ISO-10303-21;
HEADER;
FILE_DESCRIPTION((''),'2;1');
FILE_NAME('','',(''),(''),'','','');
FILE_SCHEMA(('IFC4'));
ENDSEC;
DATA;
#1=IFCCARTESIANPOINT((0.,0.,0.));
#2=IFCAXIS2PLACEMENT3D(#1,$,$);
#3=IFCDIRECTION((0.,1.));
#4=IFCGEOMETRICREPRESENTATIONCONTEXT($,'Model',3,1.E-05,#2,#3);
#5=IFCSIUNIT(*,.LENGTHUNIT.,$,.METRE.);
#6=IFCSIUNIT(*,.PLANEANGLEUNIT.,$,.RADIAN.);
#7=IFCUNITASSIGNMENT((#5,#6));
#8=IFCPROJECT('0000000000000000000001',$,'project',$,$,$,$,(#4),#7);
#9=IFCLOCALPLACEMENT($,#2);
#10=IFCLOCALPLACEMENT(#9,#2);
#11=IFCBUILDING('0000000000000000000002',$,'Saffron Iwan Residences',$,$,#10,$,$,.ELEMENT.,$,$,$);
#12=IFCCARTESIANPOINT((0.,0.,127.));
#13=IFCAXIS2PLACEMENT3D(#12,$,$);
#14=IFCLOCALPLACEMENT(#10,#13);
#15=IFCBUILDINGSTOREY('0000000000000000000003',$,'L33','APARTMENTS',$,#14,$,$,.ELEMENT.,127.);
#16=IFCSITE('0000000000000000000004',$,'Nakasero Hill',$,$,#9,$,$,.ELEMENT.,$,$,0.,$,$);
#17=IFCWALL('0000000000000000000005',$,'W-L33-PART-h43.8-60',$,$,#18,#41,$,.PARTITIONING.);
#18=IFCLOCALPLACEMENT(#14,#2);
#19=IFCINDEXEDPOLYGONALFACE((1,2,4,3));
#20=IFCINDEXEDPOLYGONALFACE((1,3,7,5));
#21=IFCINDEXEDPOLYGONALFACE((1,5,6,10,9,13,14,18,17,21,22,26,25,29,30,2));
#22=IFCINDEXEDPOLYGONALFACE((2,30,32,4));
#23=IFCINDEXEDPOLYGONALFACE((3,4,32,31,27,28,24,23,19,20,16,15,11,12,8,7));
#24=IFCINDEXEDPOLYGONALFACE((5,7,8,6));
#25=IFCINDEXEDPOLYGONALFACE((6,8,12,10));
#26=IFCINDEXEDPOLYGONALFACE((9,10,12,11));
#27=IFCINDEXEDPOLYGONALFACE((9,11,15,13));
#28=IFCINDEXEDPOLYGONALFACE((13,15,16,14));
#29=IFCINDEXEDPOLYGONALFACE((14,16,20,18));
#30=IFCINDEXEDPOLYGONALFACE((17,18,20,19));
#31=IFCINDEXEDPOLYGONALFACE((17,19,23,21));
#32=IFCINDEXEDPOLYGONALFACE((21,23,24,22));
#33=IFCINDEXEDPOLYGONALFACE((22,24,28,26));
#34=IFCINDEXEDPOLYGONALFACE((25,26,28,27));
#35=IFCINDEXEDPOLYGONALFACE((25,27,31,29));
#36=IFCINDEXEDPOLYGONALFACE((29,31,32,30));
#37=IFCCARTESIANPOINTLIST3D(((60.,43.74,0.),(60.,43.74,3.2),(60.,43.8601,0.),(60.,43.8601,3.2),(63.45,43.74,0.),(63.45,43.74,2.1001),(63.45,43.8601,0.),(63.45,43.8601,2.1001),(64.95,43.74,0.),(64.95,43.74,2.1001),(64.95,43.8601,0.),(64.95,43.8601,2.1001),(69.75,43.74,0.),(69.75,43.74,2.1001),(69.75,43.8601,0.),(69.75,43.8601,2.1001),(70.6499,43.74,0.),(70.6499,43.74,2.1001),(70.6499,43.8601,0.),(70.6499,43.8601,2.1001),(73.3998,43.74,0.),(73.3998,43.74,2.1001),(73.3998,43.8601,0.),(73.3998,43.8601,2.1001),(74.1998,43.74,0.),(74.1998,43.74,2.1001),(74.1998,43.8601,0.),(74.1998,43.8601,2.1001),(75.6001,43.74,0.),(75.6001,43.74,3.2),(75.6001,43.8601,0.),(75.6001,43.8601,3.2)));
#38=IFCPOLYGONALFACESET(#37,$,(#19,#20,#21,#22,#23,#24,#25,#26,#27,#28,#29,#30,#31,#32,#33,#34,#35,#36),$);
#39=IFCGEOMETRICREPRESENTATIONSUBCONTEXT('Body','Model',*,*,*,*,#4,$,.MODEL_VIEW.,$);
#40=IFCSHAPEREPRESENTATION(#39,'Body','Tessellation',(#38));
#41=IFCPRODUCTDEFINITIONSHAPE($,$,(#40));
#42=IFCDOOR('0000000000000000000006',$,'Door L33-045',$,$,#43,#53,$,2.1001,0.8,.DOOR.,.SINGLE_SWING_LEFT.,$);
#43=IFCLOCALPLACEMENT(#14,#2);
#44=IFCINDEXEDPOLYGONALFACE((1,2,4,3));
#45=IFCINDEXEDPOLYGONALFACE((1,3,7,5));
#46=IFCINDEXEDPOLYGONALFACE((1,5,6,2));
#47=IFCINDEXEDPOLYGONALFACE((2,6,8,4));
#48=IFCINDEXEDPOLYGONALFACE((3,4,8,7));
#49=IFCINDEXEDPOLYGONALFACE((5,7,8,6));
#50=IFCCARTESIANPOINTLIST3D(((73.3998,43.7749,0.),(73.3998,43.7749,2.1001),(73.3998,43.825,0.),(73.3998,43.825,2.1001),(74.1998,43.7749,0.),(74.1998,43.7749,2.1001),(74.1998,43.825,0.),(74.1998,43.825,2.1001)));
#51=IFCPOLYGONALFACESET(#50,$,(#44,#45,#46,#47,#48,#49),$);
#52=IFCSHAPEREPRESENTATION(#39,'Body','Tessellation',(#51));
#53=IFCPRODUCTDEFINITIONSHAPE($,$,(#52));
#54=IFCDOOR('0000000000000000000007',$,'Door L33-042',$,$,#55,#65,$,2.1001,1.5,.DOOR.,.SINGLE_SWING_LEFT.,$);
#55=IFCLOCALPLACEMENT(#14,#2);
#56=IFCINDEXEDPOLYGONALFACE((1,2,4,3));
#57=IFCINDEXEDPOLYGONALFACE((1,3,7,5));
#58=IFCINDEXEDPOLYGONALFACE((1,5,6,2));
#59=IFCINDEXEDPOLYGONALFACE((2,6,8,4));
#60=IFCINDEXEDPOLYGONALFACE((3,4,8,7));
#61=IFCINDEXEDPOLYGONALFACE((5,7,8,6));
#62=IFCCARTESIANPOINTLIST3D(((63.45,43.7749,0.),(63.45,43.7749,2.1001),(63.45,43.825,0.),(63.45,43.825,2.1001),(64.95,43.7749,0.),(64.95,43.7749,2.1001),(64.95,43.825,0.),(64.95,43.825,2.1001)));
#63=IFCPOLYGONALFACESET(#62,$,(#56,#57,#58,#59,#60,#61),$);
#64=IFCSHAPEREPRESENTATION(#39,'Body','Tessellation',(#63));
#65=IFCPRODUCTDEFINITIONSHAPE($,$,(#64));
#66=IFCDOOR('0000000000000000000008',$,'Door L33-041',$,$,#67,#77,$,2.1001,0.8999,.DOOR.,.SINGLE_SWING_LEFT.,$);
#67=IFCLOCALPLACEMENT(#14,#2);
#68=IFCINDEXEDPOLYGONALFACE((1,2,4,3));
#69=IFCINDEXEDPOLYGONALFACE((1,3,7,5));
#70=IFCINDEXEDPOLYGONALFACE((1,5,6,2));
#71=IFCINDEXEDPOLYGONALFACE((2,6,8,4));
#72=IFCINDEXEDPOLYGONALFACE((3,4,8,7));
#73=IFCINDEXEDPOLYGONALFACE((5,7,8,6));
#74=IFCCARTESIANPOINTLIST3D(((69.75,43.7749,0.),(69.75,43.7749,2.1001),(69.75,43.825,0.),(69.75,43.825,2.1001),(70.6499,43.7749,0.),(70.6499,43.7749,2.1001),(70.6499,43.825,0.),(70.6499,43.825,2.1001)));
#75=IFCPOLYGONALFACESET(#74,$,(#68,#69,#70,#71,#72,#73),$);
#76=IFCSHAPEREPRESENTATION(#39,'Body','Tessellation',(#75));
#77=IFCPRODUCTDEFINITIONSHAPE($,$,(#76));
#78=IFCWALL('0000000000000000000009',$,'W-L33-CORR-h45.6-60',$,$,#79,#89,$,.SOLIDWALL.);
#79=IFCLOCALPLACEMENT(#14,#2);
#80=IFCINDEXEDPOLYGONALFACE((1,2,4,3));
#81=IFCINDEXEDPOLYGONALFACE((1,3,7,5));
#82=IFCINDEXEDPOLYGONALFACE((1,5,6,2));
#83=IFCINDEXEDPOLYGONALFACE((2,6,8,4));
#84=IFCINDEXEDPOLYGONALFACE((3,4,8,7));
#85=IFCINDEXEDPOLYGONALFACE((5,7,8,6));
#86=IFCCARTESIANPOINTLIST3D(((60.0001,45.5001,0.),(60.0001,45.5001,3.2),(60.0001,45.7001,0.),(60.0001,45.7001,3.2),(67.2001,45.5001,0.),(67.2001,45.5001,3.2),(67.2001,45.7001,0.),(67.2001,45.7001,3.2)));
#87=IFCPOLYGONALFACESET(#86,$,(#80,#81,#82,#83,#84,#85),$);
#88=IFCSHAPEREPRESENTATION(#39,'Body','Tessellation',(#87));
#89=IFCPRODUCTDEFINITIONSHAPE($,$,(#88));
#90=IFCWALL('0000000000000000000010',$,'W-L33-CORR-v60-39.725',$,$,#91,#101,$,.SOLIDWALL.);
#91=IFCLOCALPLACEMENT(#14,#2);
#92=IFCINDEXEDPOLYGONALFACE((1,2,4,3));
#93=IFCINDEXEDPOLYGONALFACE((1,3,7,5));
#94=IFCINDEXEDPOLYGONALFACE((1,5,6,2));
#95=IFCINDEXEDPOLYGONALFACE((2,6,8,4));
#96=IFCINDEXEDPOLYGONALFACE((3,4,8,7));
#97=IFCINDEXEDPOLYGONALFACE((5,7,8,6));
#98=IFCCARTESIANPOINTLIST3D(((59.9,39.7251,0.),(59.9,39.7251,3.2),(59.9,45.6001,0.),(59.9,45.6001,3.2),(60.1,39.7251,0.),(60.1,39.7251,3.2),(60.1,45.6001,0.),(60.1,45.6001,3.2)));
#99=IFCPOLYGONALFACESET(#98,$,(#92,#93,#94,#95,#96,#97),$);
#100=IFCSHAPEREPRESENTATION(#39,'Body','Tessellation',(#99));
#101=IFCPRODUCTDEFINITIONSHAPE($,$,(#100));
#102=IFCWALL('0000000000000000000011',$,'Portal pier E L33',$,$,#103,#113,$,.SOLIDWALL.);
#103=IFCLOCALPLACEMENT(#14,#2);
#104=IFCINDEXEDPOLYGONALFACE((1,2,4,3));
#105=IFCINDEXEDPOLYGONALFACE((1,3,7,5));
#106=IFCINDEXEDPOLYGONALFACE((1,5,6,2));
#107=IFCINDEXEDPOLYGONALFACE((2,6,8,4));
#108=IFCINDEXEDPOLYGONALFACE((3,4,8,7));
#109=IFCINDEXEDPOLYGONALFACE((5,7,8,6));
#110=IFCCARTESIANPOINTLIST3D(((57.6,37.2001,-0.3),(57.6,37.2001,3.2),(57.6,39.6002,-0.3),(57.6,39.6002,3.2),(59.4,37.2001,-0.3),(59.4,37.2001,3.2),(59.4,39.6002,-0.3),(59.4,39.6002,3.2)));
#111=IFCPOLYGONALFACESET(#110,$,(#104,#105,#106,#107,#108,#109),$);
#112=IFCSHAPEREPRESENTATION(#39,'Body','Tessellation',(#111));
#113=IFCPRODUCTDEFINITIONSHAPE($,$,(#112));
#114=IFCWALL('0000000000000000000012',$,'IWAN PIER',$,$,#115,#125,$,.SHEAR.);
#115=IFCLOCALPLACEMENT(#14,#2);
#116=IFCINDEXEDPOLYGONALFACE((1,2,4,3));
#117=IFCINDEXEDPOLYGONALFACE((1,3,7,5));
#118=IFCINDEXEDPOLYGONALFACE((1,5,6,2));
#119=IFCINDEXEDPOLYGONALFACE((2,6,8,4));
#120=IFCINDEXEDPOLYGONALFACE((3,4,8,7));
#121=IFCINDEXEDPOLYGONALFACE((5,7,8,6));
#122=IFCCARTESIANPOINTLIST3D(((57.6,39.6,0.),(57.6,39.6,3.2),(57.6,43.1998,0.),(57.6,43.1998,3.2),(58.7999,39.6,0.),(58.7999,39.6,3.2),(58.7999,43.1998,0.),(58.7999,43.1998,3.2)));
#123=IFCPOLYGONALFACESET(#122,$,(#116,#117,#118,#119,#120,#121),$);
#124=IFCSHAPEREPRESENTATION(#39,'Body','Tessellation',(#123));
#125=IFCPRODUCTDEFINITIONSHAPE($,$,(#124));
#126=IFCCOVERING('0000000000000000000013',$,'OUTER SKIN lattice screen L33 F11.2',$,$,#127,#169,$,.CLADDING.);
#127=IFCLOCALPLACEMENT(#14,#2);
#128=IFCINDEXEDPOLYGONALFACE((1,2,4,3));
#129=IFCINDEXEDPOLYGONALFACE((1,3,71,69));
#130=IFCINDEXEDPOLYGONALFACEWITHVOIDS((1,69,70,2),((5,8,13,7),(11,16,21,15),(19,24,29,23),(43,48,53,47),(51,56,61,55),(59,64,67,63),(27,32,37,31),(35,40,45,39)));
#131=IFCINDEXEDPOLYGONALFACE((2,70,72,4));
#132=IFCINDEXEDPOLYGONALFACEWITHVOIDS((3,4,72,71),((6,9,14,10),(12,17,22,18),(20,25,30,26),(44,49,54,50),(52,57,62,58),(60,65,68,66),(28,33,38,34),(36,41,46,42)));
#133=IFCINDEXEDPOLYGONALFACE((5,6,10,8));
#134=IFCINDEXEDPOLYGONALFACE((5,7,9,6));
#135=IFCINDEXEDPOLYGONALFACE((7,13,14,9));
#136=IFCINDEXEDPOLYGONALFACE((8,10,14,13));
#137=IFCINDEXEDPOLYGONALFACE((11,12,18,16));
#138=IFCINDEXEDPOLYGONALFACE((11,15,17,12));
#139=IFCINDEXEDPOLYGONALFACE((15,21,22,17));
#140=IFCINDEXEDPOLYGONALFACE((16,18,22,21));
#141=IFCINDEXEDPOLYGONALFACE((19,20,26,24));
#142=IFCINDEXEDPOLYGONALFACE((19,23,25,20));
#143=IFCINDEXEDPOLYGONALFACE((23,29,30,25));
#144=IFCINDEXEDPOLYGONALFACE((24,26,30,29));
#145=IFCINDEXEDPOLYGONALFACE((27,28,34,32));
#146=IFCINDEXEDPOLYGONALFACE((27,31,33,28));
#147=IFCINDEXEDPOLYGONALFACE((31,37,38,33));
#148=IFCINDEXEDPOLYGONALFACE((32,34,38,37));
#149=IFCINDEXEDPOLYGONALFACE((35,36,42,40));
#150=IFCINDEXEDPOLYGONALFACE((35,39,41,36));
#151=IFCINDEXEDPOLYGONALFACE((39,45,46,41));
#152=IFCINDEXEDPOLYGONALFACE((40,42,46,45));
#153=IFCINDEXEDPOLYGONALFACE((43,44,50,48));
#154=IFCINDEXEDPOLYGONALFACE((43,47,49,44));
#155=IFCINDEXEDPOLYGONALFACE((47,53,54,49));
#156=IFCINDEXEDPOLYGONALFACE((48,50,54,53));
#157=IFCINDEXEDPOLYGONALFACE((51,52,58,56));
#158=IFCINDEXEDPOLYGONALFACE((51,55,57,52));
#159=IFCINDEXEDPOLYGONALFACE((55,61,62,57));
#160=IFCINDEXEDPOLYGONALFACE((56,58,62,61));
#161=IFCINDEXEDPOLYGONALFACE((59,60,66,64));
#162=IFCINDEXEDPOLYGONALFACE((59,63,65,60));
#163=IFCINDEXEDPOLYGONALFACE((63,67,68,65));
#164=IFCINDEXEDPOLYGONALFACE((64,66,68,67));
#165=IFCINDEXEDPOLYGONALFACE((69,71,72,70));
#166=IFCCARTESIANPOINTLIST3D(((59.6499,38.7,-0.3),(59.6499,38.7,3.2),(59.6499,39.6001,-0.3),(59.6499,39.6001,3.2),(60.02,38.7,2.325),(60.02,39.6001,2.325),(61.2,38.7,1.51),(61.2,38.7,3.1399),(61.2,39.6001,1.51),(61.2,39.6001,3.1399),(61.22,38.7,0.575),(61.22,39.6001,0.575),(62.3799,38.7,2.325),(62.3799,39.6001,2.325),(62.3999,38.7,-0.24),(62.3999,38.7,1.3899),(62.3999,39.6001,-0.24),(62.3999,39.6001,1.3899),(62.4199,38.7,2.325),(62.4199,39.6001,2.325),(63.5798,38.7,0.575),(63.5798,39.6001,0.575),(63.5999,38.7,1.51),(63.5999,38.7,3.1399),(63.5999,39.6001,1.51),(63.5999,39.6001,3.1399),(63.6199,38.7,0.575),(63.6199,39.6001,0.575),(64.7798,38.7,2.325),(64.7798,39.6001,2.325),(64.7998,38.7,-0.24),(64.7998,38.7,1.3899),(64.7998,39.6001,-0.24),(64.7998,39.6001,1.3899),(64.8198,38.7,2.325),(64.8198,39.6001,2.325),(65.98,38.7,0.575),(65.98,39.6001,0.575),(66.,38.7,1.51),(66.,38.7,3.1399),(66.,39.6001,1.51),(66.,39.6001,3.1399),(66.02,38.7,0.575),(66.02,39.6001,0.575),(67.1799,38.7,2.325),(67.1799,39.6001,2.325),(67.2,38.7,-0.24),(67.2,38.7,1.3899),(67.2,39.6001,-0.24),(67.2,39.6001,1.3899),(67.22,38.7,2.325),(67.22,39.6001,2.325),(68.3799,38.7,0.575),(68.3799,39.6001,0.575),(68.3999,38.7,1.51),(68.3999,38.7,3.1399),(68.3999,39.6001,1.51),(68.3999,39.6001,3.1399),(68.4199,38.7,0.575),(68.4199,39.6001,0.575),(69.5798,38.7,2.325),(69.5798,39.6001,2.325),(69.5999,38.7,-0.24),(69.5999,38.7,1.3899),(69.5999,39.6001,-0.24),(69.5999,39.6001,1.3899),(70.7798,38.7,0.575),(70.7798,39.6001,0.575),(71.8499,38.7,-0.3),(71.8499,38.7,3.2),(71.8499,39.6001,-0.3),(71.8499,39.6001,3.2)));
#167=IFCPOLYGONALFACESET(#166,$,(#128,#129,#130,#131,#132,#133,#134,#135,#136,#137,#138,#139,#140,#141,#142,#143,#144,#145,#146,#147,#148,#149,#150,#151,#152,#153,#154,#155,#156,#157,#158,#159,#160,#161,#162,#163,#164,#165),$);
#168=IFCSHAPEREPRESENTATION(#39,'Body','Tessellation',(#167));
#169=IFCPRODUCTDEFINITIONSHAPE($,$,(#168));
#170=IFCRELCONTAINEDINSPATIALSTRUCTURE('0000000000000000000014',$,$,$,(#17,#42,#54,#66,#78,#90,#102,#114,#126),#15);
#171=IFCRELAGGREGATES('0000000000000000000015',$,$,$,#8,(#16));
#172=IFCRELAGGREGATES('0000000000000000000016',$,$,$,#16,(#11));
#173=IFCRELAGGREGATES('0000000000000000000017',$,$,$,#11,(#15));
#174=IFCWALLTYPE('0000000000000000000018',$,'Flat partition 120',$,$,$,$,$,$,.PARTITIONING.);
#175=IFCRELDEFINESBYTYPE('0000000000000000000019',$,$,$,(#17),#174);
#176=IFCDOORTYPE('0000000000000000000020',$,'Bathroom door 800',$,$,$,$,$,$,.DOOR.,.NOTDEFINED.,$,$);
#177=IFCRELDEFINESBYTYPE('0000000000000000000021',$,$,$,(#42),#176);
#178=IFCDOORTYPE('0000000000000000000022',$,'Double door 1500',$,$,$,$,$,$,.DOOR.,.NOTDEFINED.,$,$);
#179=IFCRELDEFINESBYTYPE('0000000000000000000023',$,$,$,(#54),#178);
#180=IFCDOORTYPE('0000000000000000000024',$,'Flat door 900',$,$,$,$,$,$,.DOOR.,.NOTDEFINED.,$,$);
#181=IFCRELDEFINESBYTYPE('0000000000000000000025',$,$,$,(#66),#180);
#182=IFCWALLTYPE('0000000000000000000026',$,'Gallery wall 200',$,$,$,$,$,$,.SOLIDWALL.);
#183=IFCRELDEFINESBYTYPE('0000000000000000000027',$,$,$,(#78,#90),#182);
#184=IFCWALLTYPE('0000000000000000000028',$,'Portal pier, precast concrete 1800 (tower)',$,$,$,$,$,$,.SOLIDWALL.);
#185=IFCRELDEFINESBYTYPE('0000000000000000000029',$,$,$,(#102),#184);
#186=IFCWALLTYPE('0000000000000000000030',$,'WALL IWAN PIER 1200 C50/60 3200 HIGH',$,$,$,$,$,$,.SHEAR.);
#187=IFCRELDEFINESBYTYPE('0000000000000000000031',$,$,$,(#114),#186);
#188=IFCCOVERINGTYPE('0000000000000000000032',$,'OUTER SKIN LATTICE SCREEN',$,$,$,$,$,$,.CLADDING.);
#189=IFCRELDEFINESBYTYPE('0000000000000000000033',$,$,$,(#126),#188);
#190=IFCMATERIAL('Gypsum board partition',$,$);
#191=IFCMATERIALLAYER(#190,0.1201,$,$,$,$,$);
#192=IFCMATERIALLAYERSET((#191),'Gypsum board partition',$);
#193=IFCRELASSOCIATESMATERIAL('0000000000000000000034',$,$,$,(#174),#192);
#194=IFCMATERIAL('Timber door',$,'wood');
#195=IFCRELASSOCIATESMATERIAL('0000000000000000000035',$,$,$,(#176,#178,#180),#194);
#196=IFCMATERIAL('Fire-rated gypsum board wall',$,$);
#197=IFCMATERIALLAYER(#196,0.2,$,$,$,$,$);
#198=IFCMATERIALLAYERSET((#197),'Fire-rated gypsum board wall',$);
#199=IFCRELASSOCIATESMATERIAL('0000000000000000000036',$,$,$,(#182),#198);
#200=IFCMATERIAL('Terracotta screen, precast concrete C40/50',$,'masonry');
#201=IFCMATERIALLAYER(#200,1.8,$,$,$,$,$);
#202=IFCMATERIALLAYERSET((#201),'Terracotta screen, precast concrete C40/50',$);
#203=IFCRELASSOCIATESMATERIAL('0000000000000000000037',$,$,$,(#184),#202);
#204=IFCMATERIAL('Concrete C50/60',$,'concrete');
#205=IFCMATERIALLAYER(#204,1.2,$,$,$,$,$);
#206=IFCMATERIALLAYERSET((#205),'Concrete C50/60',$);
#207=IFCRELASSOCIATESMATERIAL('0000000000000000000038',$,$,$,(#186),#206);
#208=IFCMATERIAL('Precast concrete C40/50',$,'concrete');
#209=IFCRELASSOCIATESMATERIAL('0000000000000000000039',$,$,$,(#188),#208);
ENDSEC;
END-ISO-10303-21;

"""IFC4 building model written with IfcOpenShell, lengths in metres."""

from ifc_helpers import new_model, si_unit, direction, frame, frame_2d, origin, place, context, subcontext, project, spatial, polyline, rectangle, outline, extrude, material, layer, layer_set, type_object, element, fill, save


model = new_model("IFC4")

# Units and contexts
model_context = context("Model", 3, precision=1e-05, world=origin(), true_north=direction((0.0, 1.0)))
body_context = subcontext(model_context, "Body", "Model", "MODEL_VIEW")
ifc_project = project(units=[si_unit("LENGTHUNIT", "METRE"), si_unit("PLANEANGLEUNIT", "RADIAN")], contexts=[model_context])

# Site, building, storey
site_placement = place(None, origin())
site = spatial("IfcSite", under=ifc_project, at=site_placement, Name="Nakasero Hill", CompositionType="ELEMENT", RefElevation=0.0)
building_placement = place(site_placement, origin())
building = spatial("IfcBuilding", under=site, at=building_placement, Name="Saffron Iwan Residences", CompositionType="ELEMENT")
storey_placement = place(building_placement, frame((0.0, 0.0, 127.0)))
storey = spatial("IfcBuildingStorey", under=building, at=storey_placement, Name="L33", Description="APARTMENTS", CompositionType="ELEMENT", Elevation=127.0)

# Shared definitions
ifc_material_1 = material(Name="Concrete C50/60", Category="concrete")

# Wall, openings, doors
ifc_material_2 = material(Name="Gypsum board partition")
ifc_layer_1 = layer(ifc_material_2, 0.1201)
ifc_layer_set_1 = layer_set([ifc_layer_1], Name="Gypsum board partition")
wall_type_1 = type_object("IfcWallType", Name="Flat partition 120", PredefinedType="PARTITIONING", material=ifc_layer_set_1)
wall_1_placement = place(storey_placement, frame((60.0, 43.8, 0.0), z_axis=(0.0, 0.0, 1.0), x_axis=(1.0, 0.0, 0.0)))
wall_1 = element("IfcWall", 1, at=wall_1_placement, inside=storey, type_object=wall_type_1, Name="W-L33-PART-h43.8-60", PredefinedType="PARTITIONING", context=body_context, shape_type="SweptSolid", body=[
    extrude(rectangle(XDim=15.6001, YDim=0.1201, at=frame_2d((7.8, 0.0))), origin(), (0.0, 0.0, 1.0), 3.2),
])
opening_1_placement = place(wall_1_placement, frame((9.75, 0.0, 0.0)))
opening_1 = element("IfcOpeningElement", 2, at=opening_1_placement, cuts=wall_1, PredefinedType="OPENING", context=body_context, shape_type="SweptSolid", body=[
    extrude(rectangle(XDim=0.8999, YDim=2.1001, at=frame_2d((0.45, 1.05))), frame((0.0, 0.0701, 0.0), z_axis=(0.0, -1.0, 0.0), x_axis=(1.0, 0.0, 0.0)), (0.0, 0.0, 1.0), 0.1401),
])
opening_2_placement = place(wall_1_placement, frame((3.45, 0.0, 0.0)))
opening_2 = element("IfcOpeningElement", 3, at=opening_2_placement, cuts=wall_1, PredefinedType="OPENING", context=body_context, shape_type="SweptSolid", body=[
    extrude(rectangle(XDim=1.5, YDim=2.1001, at=frame_2d((0.75, 1.05))), frame((0.0, 0.0701, 0.0), z_axis=(0.0, -1.0, 0.0), x_axis=(1.0, 0.0, 0.0)), (0.0, 0.0, 1.0), 0.1401),
])
opening_3_placement = place(wall_1_placement, frame((13.3999, 0.0, 0.0)))
opening_3 = element("IfcOpeningElement", 4, at=opening_3_placement, cuts=wall_1, PredefinedType="OPENING", context=body_context, shape_type="SweptSolid", body=[
    extrude(rectangle(XDim=0.8, YDim=2.1001, at=frame_2d((0.3999, 1.05))), frame((0.0, 0.0701, 0.0), z_axis=(0.0, -1.0, 0.0), x_axis=(1.0, 0.0, 0.0)), (0.0, 0.0, 1.0), 0.1401),
])
ifc_material_3 = material(Name="Timber door", Category="wood")
door_type_1 = type_object("IfcDoorType", Name="Bathroom door 800", OperationType="NOTDEFINED", PredefinedType="DOOR", material=ifc_material_3)
door_1_placement = place(opening_3_placement, origin())
door_1 = element("IfcDoor", 5, at=door_1_placement, inside=storey, type_object=door_type_1, Name="Door L33-045", OperationType="SINGLE_SWING_LEFT", OverallHeight=2.1001, OverallWidth=0.8, PredefinedType="DOOR", context=body_context, shape_type="SweptSolid", body=[
    extrude(rectangle(XDim=0.8, YDim=2.1001, at=frame_2d((0.3999, 1.05))), frame((0.0, 0.0249, 0.0), z_axis=(0.0, -1.0, 0.0), x_axis=(1.0, 0.0, 0.0)), (0.0, 0.0, 1.0), 0.05),
])
fill(opening_3, door_1)
door_type_2 = type_object("IfcDoorType", Name="Double door 1500", OperationType="NOTDEFINED", PredefinedType="DOOR", material=ifc_material_3)
door_2_placement = place(opening_2_placement, origin())
door_2 = element("IfcDoor", 6, at=door_2_placement, inside=storey, type_object=door_type_2, Name="Door L33-042", OperationType="SINGLE_SWING_LEFT", OverallHeight=2.1001, OverallWidth=1.5, PredefinedType="DOOR", context=body_context, shape_type="SweptSolid", body=[
    extrude(rectangle(XDim=1.5, YDim=2.1001, at=frame_2d((0.75, 1.05))), frame((0.0, 0.0249, 0.0), z_axis=(0.0, -1.0, 0.0), x_axis=(1.0, 0.0, 0.0)), (0.0, 0.0, 1.0), 0.05),
])
fill(opening_2, door_2)
door_type_3 = type_object("IfcDoorType", Name="Flat door 900", OperationType="NOTDEFINED", PredefinedType="DOOR", material=ifc_material_3)
door_3_placement = place(opening_1_placement, origin())
door_3 = element("IfcDoor", 7, at=door_3_placement, inside=storey, type_object=door_type_3, Name="Door L33-041", OperationType="SINGLE_SWING_LEFT", OverallHeight=2.1001, OverallWidth=0.8999, PredefinedType="DOOR", context=body_context, shape_type="SweptSolid", body=[
    extrude(rectangle(XDim=0.8999, YDim=2.1001, at=frame_2d((0.45, 1.05))), frame((0.0, 0.0249, 0.0), z_axis=(0.0, -1.0, 0.0), x_axis=(1.0, 0.0, 0.0)), (0.0, 0.0, 1.0), 0.05),
])
fill(opening_1, door_3)

# Walls
ifc_material_4 = material(Name="Fire-rated gypsum board wall")
ifc_layer_2 = layer(ifc_material_4, 0.2)
ifc_layer_set_2 = layer_set([ifc_layer_2], Name="Fire-rated gypsum board wall")
wall_type_2 = type_object("IfcWallType", Name="Gallery wall 200", PredefinedType="SOLIDWALL", material=ifc_layer_set_2)
wall_2_placement = place(storey_placement, frame((60.0, 45.6001, 0.0), z_axis=(0.0, 0.0, 1.0), x_axis=(1.0, 0.0, 0.0)))
element("IfcWall", 8, at=wall_2_placement, inside=storey, type_object=wall_type_2, Name="W-L33-CORR-h45.6-60", PredefinedType="SOLIDWALL", context=body_context, shape_type="SweptSolid", body=[
    extrude(rectangle(XDim=7.2, YDim=0.2, at=frame_2d((3.6001, 0.0))), origin(), (0.0, 0.0, 1.0), 3.2),
])
wall_3_placement = place(storey_placement, frame((60.0, 39.7251, 0.0), z_axis=(0.0, 0.0, 1.0), x_axis=(0.0, 1.0, 0.0)))
element("IfcWall", 9, at=wall_3_placement, inside=storey, type_object=wall_type_2, Name="W-L33-CORR-v60-39.725", PredefinedType="SOLIDWALL", context=body_context, shape_type="SweptSolid", body=[
    extrude(rectangle(XDim=5.875, YDim=0.2, at=frame_2d((2.9375, 0.0))), origin(), (0.0, 0.0, 1.0), 3.2),
])
ifc_material_5 = material(Name="Terracotta screen, precast concrete C40/50", Category="masonry")
ifc_layer_3 = layer(ifc_material_5, 1.8)
ifc_layer_set_3 = layer_set([ifc_layer_3], Name="Terracotta screen, precast concrete C40/50")
wall_type_3 = type_object("IfcWallType", Name="Portal pier, precast concrete 1800 (tower)", PredefinedType="SOLIDWALL", material=ifc_layer_set_3)
wall_4_placement = place(storey_placement, frame((58.5, 37.2, -0.3), z_axis=(0.0, 0.0, 1.0), x_axis=(0.0, 1.0, 0.0)))
element("IfcWall", 10, at=wall_4_placement, inside=storey, type_object=wall_type_3, Name="Portal pier E L33", PredefinedType="SOLIDWALL", context=body_context, shape_type="SweptSolid", body=[
    extrude(rectangle(XDim=2.4001, YDim=1.8, at=frame_2d((1.2002, 0.0))), origin(), (0.0, 0.0, 1.0), 3.5),
])
ifc_layer_4 = layer(ifc_material_1, 1.2)
ifc_layer_set_4 = layer_set([ifc_layer_4], Name="Concrete C50/60")
wall_type_4 = type_object("IfcWallType", Name="WALL IWAN PIER 1200 C50/60 3200 HIGH", PredefinedType="SHEAR", material=ifc_layer_set_4)
wall_5_placement = place(storey_placement, frame((58.2, 39.6001, 0.0), z_axis=(0.0, 0.0, 1.0), x_axis=(0.0, 1.0, 0.0)))
element("IfcWall", 11, at=wall_5_placement, inside=storey, type_object=wall_type_4, Name="IWAN PIER", PredefinedType="SHEAR", context=body_context, shape_type="SweptSolid", body=[
    extrude(rectangle(XDim=3.5999, YDim=1.2, at=frame_2d((1.7998, 0.0))), origin(), (0.0, 0.0, 1.0), 3.2),
])

# Covering
ifc_material_6 = material(Name="Precast concrete C40/50", Category="concrete")
covering_type = type_object("IfcCoveringType", Name="OUTER SKIN LATTICE SCREEN", PredefinedType="CLADDING", material=ifc_material_6)
covering_placement = place(storey_placement, frame((59.6499, 39.6001, -0.3), z_axis=(0.0, -1.0, 0.0), x_axis=(1.0, 0.0, 0.0)))
element("IfcCovering", 12, at=covering_placement, inside=storey, type_object=covering_type, Name="OUTER SKIN lattice screen L33 F11.2", PredefinedType="CLADDING", context=body_context, shape_type="SweptSolid", body=[
    extrude(outline(polyline([(0.0, 0.0), (12.2, 0.0), (12.2, 3.5), (0.0, 3.5), (0.0, 0.0)]), holes=[polyline([(1.5701, 0.875), (2.75, 0.0601), (3.9299, 0.875), (2.75, 1.6899), (1.5701, 0.875)]), polyline([(3.97, 0.875), (5.1499, 0.0601), (6.3301, 0.875), (5.1499, 1.6899), (3.97, 0.875)]), polyline([(6.3701, 0.875), (7.55, 0.0601), (8.73, 0.875), (7.55, 1.6899), (6.3701, 0.875)]), polyline([(8.77, 0.875), (9.95, 0.0601), (11.1299, 0.875), (9.95, 1.6899), (8.77, 0.875)]), polyline([(0.3701, 2.625), (1.55, 1.8101), (2.73, 2.625), (1.55, 3.4399), (0.3701, 2.625)]), polyline([(2.77, 2.625), (3.95, 1.8101), (5.1299, 2.625), (3.95, 3.4399), (2.77, 2.625)]), polyline([(5.1699, 2.625), (6.3501, 1.8101), (7.53, 2.625), (6.3501, 3.4399), (5.1699, 2.625)]), polyline([(7.5701, 2.625), (8.75, 1.8101), (9.9299, 2.625), (8.75, 3.4399), (7.5701, 2.625)])]), origin(), (0.0, 0.0, 1.0), 0.9001),
])

save(model, "model.ifc")
